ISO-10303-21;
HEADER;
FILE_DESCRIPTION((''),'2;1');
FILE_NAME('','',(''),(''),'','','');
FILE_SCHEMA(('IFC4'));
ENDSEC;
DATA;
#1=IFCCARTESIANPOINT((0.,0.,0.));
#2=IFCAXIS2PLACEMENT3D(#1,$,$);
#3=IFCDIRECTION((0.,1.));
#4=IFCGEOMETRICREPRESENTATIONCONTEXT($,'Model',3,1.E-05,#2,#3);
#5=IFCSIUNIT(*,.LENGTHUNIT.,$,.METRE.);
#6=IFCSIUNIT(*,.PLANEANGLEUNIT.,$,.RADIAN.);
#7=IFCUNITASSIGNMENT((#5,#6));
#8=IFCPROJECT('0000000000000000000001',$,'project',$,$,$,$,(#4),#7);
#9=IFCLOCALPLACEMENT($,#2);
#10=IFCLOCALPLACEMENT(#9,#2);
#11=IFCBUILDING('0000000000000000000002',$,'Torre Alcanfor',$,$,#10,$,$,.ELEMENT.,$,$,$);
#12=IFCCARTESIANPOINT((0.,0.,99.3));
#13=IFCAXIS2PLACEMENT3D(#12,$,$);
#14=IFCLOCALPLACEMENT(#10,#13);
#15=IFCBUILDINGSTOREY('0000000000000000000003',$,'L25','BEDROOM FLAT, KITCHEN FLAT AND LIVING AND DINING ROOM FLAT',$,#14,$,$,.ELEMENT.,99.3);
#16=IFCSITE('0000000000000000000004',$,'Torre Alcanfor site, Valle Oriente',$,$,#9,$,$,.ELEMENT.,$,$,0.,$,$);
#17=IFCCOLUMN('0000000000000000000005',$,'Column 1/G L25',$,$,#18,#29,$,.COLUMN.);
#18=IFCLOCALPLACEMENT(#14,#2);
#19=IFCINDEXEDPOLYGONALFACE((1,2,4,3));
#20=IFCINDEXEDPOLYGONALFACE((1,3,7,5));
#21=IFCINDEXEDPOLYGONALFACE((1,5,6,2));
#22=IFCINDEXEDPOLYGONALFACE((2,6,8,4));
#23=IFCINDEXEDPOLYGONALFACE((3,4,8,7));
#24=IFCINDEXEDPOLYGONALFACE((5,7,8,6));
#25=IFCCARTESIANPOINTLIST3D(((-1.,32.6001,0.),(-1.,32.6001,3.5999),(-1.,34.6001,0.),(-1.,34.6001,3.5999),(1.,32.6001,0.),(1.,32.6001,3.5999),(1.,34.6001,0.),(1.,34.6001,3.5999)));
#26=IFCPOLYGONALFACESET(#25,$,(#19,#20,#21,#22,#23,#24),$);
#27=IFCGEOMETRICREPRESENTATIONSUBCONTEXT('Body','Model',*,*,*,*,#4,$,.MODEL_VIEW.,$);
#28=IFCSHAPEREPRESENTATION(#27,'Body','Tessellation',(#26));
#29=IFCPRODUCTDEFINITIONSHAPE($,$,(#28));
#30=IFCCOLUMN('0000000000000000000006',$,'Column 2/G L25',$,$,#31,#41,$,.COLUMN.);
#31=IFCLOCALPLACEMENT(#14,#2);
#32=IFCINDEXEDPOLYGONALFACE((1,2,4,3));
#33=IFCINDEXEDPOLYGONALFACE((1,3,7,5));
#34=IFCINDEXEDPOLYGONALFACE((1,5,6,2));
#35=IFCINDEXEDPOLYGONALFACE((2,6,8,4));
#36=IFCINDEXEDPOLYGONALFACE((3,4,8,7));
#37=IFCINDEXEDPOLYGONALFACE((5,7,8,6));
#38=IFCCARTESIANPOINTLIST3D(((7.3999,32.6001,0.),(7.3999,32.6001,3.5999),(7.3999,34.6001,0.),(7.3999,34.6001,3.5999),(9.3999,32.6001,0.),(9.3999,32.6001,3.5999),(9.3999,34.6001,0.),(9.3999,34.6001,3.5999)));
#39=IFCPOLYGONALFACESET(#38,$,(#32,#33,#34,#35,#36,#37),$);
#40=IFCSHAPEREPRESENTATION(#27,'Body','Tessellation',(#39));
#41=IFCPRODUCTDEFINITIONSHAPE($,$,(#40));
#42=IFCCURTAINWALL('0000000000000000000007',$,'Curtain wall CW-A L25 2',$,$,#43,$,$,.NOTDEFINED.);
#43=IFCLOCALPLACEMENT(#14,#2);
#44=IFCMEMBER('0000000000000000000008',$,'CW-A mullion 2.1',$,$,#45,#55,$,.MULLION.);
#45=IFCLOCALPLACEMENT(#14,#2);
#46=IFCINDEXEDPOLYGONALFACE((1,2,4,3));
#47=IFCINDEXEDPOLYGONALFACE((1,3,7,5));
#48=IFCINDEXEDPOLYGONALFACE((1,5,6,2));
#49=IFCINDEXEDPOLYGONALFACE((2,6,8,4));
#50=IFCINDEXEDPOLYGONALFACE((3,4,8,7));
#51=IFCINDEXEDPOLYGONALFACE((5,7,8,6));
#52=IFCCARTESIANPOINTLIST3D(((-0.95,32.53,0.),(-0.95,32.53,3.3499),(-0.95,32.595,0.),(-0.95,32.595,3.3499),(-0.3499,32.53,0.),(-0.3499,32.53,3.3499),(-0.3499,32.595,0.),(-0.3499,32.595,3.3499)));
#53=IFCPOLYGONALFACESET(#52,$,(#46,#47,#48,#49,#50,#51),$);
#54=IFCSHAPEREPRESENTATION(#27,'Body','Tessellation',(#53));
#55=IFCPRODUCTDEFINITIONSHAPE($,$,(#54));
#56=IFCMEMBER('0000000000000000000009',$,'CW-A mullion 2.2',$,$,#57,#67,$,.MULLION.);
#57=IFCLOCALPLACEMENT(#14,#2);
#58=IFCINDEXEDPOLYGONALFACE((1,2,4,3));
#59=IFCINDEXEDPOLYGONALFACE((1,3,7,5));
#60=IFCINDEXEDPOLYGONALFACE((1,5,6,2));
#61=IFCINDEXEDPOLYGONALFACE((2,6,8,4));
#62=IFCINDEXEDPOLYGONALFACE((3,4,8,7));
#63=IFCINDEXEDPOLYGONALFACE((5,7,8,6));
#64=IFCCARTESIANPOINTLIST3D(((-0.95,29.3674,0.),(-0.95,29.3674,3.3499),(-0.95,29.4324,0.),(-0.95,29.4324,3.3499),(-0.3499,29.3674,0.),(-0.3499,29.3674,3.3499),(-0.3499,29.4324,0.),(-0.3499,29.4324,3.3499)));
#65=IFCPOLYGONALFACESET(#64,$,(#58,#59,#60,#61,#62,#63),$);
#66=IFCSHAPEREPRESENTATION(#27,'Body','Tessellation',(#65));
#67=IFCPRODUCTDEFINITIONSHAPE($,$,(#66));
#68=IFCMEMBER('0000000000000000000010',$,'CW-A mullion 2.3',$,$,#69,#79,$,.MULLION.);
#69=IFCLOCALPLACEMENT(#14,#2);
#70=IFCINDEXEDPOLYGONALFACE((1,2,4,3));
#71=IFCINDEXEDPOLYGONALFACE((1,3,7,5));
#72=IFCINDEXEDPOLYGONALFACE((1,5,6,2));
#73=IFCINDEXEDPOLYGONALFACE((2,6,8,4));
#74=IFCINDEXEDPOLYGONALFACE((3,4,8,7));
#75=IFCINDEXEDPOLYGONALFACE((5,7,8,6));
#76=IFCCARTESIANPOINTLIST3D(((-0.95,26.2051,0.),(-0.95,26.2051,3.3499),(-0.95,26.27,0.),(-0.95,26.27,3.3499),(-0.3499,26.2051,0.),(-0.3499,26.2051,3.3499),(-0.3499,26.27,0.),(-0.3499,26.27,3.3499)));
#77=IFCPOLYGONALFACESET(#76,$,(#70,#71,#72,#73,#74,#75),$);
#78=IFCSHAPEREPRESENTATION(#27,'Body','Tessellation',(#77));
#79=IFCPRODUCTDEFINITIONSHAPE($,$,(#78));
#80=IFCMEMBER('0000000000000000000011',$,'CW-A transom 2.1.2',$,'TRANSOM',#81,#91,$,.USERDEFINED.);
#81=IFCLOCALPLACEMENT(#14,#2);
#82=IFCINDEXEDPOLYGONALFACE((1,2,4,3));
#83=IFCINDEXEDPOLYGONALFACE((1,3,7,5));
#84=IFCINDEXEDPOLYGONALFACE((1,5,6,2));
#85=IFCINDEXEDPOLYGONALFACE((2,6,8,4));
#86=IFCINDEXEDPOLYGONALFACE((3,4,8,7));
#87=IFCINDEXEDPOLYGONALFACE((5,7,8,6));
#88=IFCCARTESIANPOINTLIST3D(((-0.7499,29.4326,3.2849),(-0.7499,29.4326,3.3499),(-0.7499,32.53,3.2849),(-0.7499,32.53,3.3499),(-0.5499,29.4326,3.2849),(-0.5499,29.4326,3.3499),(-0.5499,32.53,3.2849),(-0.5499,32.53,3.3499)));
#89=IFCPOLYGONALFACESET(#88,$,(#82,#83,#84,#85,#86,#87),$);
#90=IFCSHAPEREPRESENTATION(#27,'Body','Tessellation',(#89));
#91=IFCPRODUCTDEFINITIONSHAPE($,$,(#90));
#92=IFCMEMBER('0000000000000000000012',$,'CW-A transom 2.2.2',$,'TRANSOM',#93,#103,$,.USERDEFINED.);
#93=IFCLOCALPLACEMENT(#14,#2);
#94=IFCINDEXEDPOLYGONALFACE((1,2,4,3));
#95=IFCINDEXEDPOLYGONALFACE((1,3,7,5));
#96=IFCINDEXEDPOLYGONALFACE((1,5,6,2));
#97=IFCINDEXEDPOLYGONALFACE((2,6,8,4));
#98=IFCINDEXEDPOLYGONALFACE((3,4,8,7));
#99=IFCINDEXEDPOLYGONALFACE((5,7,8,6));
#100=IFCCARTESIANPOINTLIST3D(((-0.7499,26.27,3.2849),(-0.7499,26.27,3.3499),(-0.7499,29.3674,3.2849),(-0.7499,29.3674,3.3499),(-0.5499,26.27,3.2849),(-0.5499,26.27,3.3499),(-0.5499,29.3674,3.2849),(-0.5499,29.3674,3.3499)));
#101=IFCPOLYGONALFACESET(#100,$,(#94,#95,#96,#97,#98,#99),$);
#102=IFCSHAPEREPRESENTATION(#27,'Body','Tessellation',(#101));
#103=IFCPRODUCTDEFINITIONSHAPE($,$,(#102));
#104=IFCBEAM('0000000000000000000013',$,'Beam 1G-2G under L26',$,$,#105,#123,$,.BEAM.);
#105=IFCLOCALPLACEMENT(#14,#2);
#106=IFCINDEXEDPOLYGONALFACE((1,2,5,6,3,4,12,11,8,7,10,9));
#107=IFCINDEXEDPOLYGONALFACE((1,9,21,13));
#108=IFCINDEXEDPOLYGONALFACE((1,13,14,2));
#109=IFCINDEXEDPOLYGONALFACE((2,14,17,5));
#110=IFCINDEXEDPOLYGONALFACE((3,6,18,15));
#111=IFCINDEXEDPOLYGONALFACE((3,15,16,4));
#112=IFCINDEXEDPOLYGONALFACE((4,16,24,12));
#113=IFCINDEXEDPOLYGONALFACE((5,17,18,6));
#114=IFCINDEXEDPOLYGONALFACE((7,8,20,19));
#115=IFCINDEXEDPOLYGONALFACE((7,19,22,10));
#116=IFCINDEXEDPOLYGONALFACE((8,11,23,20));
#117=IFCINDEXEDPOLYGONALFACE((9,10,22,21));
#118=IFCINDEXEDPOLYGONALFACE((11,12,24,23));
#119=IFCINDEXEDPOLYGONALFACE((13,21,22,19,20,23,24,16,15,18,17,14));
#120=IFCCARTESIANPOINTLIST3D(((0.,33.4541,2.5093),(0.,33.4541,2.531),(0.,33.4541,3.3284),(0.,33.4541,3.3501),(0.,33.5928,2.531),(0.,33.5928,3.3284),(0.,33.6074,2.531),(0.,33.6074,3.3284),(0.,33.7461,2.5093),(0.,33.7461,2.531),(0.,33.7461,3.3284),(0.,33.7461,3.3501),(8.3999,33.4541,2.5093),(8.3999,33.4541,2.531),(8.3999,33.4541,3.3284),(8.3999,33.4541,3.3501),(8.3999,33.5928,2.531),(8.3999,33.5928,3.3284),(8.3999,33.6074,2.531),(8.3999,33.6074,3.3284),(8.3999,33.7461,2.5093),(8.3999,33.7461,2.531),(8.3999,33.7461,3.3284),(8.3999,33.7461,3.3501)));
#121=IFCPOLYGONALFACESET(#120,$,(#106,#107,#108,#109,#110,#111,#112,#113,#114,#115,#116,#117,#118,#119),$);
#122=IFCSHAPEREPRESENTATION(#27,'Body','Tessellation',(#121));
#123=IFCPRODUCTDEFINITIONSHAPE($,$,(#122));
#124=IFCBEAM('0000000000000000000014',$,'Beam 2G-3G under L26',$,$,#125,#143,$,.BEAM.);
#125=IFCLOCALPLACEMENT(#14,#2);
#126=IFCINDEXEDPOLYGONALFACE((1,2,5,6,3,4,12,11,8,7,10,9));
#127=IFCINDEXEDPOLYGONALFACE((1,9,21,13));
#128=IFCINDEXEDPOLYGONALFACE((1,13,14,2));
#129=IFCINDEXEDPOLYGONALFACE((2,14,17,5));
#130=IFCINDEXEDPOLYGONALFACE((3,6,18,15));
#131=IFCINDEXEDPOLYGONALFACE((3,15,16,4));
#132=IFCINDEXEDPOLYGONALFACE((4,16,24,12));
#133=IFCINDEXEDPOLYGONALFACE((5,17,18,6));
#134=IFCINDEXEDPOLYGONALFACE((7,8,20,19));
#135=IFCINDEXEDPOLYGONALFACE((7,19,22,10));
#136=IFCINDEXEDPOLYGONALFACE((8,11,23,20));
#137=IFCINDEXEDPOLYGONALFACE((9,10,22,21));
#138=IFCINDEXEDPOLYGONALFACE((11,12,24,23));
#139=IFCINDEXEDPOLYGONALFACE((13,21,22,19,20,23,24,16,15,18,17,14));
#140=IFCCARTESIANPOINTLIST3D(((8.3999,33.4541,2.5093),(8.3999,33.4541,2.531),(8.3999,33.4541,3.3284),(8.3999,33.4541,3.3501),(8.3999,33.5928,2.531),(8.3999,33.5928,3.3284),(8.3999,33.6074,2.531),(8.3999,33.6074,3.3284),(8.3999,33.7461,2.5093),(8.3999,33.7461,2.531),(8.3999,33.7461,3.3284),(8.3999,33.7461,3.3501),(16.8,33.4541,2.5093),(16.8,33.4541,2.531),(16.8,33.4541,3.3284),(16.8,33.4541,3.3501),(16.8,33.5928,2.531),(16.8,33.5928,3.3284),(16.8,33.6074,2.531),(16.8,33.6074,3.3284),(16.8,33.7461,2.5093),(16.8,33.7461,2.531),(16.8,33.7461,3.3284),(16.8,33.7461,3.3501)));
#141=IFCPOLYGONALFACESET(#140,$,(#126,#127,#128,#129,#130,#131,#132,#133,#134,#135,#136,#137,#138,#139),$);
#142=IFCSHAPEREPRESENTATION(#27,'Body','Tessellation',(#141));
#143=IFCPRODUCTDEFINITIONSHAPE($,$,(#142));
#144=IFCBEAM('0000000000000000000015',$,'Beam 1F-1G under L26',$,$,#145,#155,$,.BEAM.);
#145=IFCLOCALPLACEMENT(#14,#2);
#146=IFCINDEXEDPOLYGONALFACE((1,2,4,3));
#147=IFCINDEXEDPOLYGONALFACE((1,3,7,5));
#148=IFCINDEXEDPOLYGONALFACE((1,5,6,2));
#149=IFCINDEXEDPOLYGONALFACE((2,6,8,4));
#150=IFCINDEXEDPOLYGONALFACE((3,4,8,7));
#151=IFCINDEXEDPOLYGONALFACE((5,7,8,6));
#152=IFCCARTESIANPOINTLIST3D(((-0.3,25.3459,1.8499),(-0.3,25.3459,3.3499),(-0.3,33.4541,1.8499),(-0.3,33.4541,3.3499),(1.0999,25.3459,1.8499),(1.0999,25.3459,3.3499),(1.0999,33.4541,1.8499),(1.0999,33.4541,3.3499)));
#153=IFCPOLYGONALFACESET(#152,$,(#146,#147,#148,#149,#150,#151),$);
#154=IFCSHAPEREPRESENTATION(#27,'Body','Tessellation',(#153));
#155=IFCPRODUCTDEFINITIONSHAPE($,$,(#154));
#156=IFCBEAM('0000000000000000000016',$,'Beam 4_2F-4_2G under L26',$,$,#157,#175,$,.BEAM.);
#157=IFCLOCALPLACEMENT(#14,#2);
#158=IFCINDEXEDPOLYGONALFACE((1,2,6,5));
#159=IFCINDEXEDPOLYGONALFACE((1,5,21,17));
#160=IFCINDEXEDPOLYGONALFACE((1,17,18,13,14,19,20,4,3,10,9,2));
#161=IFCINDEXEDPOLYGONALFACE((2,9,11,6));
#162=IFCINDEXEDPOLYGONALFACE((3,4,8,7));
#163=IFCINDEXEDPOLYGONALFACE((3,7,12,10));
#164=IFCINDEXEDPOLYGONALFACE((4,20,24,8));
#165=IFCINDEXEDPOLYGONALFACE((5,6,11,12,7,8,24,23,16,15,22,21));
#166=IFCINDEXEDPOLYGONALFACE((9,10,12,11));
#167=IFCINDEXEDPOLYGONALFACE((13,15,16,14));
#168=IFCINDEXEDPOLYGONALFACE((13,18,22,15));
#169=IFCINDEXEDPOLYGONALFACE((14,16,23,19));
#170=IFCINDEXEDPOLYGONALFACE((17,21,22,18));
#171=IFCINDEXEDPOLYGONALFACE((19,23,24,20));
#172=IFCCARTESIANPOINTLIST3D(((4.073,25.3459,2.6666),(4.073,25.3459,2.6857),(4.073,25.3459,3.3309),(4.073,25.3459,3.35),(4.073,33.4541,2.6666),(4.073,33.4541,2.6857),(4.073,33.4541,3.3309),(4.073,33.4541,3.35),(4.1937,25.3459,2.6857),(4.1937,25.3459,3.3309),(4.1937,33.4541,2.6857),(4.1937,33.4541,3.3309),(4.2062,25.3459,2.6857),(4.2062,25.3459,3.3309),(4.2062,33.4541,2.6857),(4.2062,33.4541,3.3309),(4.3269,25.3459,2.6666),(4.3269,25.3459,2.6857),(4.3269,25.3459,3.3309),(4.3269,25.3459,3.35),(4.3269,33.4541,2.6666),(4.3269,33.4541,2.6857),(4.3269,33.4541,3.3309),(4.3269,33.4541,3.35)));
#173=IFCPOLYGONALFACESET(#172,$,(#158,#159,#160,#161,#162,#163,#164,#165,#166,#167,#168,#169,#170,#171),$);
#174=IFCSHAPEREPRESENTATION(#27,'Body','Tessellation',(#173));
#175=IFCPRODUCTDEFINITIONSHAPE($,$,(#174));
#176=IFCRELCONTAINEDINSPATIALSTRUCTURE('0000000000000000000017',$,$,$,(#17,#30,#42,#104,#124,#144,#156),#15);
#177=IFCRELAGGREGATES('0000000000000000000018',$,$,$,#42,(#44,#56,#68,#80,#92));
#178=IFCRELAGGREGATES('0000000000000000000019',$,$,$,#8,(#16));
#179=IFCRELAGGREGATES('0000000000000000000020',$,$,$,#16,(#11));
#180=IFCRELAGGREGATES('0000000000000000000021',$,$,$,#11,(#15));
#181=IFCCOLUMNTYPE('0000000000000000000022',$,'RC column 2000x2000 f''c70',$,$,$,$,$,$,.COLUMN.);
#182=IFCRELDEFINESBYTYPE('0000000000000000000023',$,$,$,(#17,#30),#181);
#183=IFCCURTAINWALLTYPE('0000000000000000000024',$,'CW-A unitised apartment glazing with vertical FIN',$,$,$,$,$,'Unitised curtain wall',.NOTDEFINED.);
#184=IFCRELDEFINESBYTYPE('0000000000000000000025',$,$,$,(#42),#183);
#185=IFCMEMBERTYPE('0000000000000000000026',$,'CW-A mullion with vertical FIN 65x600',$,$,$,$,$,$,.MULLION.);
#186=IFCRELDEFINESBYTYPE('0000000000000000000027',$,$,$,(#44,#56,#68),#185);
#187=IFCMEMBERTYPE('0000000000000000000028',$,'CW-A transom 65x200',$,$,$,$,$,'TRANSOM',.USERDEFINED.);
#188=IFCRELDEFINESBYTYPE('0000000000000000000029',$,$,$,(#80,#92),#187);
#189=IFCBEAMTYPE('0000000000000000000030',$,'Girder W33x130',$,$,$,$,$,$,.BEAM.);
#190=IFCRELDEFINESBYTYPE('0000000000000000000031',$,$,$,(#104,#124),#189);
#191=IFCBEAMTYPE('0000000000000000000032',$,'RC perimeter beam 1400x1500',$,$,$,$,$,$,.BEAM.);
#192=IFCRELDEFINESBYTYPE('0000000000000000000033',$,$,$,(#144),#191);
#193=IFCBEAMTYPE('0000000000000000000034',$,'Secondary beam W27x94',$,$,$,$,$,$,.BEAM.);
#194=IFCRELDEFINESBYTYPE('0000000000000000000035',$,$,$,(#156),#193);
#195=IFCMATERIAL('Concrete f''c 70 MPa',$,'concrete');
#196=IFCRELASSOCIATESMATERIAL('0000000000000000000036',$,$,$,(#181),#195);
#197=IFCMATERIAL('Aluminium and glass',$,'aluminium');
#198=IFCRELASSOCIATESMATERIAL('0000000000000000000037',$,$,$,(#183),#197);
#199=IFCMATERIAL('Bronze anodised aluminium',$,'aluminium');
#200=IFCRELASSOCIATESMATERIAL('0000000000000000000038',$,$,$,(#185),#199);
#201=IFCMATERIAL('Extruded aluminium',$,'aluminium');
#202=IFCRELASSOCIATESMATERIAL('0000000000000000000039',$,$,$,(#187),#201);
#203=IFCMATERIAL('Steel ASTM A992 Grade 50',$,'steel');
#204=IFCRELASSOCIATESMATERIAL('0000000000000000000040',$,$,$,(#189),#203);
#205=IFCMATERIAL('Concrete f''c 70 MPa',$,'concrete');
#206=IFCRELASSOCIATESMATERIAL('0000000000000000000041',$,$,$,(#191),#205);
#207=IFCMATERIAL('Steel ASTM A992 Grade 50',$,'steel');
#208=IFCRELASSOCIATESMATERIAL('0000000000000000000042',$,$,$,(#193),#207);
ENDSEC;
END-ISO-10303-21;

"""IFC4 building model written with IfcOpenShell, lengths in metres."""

from ifc_helpers import new_model, si_unit, direction, frame, origin, origin_2d, place, context, subcontext, project, spatial, rectangle, i_section, extrude, material, material_profile, profile_set, type_object, element, aggregate, save


model = new_model("IFC4")

# Units and contexts
model_context = context("Model", 3, precision=1e-05, world=origin(), true_north=direction((0.0, 1.0)))
body_context = subcontext(model_context, "Body", "Model", "MODEL_VIEW")
ifc_project = project(units=[si_unit("LENGTHUNIT", "METRE"), si_unit("PLANEANGLEUNIT", "RADIAN")], contexts=[model_context])

# Site, building, storey
site_placement = place(None, origin())
site = spatial("IfcSite", under=ifc_project, at=site_placement, Name="Torre Alcanfor site, Valle Oriente", CompositionType="ELEMENT", RefElevation=0.0)
building_placement = place(site_placement, origin())
building = spatial("IfcBuilding", under=site, at=building_placement, Name="Torre Alcanfor", CompositionType="ELEMENT")
storey_placement = place(building_placement, frame((0.0, 0.0, 99.3)))
storey = spatial("IfcBuildingStorey", under=building, at=storey_placement, Name="L25", Description="BEDROOM FLAT, KITCHEN FLAT AND LIVING AND DINING ROOM FLAT", CompositionType="ELEMENT", Elevation=99.3)

# Columns
ifc_material_1 = material(Name="Concrete f'c 70 MPa", Category="concrete")
ifc_material_profile_1 = material_profile(ifc_material_1, rectangle(XDim=2.0, YDim=2.0, at=origin_2d()), Name="2000x2000")
ifc_profile_set_1 = profile_set([ifc_material_profile_1], Name="Concrete f'c 70 MPa")
column_type = type_object("IfcColumnType", Name="RC column 2000x2000 f'c70", PredefinedType="COLUMN", material=ifc_profile_set_1)
for number, where, z_axis, x_axis, name in (
    (1, (0.0, 33.6001, 0.0), (0.0, 0.0, 1.0), (1.0, 0.0, 0.0), "Column 1/G L25"),
    (2, (8.3999, 33.6001, 0.0), (0.0, 0.0, 1.0), (1.0, 0.0, 0.0), "Column 2/G L25"),
):
    element("IfcColumn", number, at=place(storey_placement, frame(where, z_axis=z_axis, x_axis=x_axis)), inside=storey, type_object=column_type, Name=name, PredefinedType="COLUMN", context=body_context, shape_type="SweptSolid", body=[
        extrude(rectangle(XDim=2.0, YDim=2.0, at=origin_2d()), origin(), (0.0, 0.0, 1.0), 3.5999),
    ])

# Curtain wall, members
ifc_material_2 = material(Name="Aluminium and glass", Category="aluminium")
curtain_wall_type = type_object("IfcCurtainWallType", Name="CW-A unitised apartment glazing with vertical FIN", ElementType="Unitised curtain wall", PredefinedType="NOTDEFINED", material=ifc_material_2)
curtain_wall_placement = place(storey_placement, origin())
curtain_wall = element("IfcCurtainWall", 3, at=curtain_wall_placement, inside=storey, type_object=curtain_wall_type, Name="Curtain wall CW-A L25 2", PredefinedType="NOTDEFINED")
ifc_material_3 = material(Name="Bronze anodised aluminium", Category="aluminium")
ifc_material_profile_2 = material_profile(ifc_material_3, rectangle(XDim=0.6001, YDim=0.0649, at=origin_2d()), Name="CW-A mullion 65x600")
ifc_profile_set_2 = profile_set([ifc_material_profile_2], Name="Bronze anodised aluminium")
member_type_1 = type_object("IfcMemberType", Name="CW-A mullion with vertical FIN 65x600", PredefinedType="MULLION", material=ifc_profile_set_2)
member_1_placement = place(storey_placement, frame((-0.6499, 32.5625, 0.0), z_axis=(0.0, 0.0, 1.0), x_axis=(1.0, 0.0, 0.0)))
member_1 = element("IfcMember", 4, at=member_1_placement, type_object=member_type_1, Name="CW-A mullion 2.1", PredefinedType="MULLION", context=body_context, shape_type="SweptSolid", body=[
    extrude(rectangle(XDim=0.6001, YDim=0.0649, at=origin_2d()), origin(), (0.0, 0.0, 1.0), 3.3499),
])
member_2_placement = place(storey_placement, frame((-0.6499, 29.3999, 0.0), z_axis=(0.0, 0.0, 1.0), x_axis=(1.0, 0.0, 0.0)))
member_2 = element("IfcMember", 5, at=member_2_placement, type_object=member_type_1, Name="CW-A mullion 2.2", PredefinedType="MULLION", context=body_context, shape_type="SweptSolid", body=[
    extrude(rectangle(XDim=0.6001, YDim=0.0649, at=origin_2d()), origin(), (0.0, 0.0, 1.0), 3.3499),
])
member_3_placement = place(storey_placement, frame((-0.6499, 26.2375, 0.0), z_axis=(0.0, 0.0, 1.0), x_axis=(1.0, 0.0, 0.0)))
member_3 = element("IfcMember", 6, at=member_3_placement, type_object=member_type_1, Name="CW-A mullion 2.3", PredefinedType="MULLION", context=body_context, shape_type="SweptSolid", body=[
    extrude(rectangle(XDim=0.6001, YDim=0.0649, at=origin_2d()), origin(), (0.0, 0.0, 1.0), 3.3499),
])
ifc_material_4 = material(Name="Extruded aluminium", Category="aluminium")
ifc_material_profile_3 = material_profile(ifc_material_4, rectangle(XDim=0.2, YDim=0.0649, at=origin_2d()), Name="CW-A transom 200x65")
ifc_profile_set_3 = profile_set([ifc_material_profile_3], Name="Extruded aluminium")
member_type_2 = type_object("IfcMemberType", Name="CW-A transom 65x200", ElementType="TRANSOM", PredefinedType="USERDEFINED", material=ifc_profile_set_3)
member_4_placement = place(storey_placement, frame((-0.6499, 32.53, 3.3174), z_axis=(0.0, -1.0, 0.0), x_axis=(1.0, 0.0, 0.0)))
member_4 = element("IfcMember", 7, at=member_4_placement, type_object=member_type_2, Name="CW-A transom 2.1.2", ObjectType="TRANSOM", PredefinedType="USERDEFINED", context=body_context, shape_type="SweptSolid", body=[
    extrude(rectangle(XDim=0.2, YDim=0.0649, at=origin_2d()), origin(), (0.0, 0.0, 1.0), 3.0974),
])
member_5_placement = place(storey_placement, frame((-0.6499, 29.3674, 3.3174), z_axis=(0.0, -1.0, 0.0), x_axis=(1.0, 0.0, 0.0)))
member_5 = element("IfcMember", 8, at=member_5_placement, type_object=member_type_2, Name="CW-A transom 2.2.2", ObjectType="TRANSOM", PredefinedType="USERDEFINED", context=body_context, shape_type="SweptSolid", body=[
    extrude(rectangle(XDim=0.2, YDim=0.0649, at=origin_2d()), origin(), (0.0, 0.0, 1.0), 3.0974),
])

# Beams
ifc_material_5 = material(Name="Steel ASTM A992 Grade 50", Category="steel")
ifc_material_profile_4 = material_profile(ifc_material_5, i_section(OverallWidth=0.292, OverallDepth=0.8408, WebThickness=0.0146, FlangeThickness=0.0217, at=origin_2d()), Name="W33x130")
ifc_profile_set_4 = profile_set([ifc_material_profile_4], Name="Steel ASTM A992 Grade 50")
beam_type_1 = type_object("IfcBeamType", Name="Girder W33x130", PredefinedType="BEAM", material=ifc_profile_set_4)
beam_1_placement = place(storey_placement, frame((0.0, 33.6001, 2.9297), z_axis=(1.0, 0.0, 0.0), x_axis=(0.0, 1.0, 0.0)))
element("IfcBeam", 9, at=beam_1_placement, inside=storey, type_object=beam_type_1, Name="Beam 1G-2G under L26", PredefinedType="BEAM", context=body_context, shape_type="SweptSolid", body=[
    extrude(i_section(OverallWidth=0.292, OverallDepth=0.8408, WebThickness=0.0146, FlangeThickness=0.0217, at=origin_2d()), origin(), (0.0, 0.0, 1.0), 8.3999),
])
beam_2_placement = place(storey_placement, frame((8.3999, 33.6001, 2.9297), z_axis=(1.0, 0.0, 0.0), x_axis=(0.0, 1.0, 0.0)))
element("IfcBeam", 10, at=beam_2_placement, inside=storey, type_object=beam_type_1, Name="Beam 2G-3G under L26", PredefinedType="BEAM", context=body_context, shape_type="SweptSolid", body=[
    extrude(i_section(OverallWidth=0.292, OverallDepth=0.8408, WebThickness=0.0146, FlangeThickness=0.0217, at=origin_2d()), origin(), (0.0, 0.0, 1.0), 8.4001),
])
ifc_material_6 = material(Name="Concrete f'c 70 MPa", Category="concrete")
ifc_material_profile_5 = material_profile(ifc_material_6, rectangle(XDim=1.3999, YDim=1.5, at=origin_2d()), Name="1400x1500")
ifc_profile_set_5 = profile_set([ifc_material_profile_5], Name="Concrete f'c 70 MPa")
beam_type_2 = type_object("IfcBeamType", Name="RC perimeter beam 1400x1500", PredefinedType="BEAM", material=ifc_profile_set_5)
beam_3_placement = place(storey_placement, frame((0.3999, 25.3459, 2.5999), z_axis=(0.0, 1.0, 0.0), x_axis=(-1.0, 0.0, 0.0)))
element("IfcBeam", 11, at=beam_3_placement, inside=storey, type_object=beam_type_2, Name="Beam 1F-1G under L26", PredefinedType="BEAM", context=body_context, shape_type="SweptSolid", body=[
    extrude(rectangle(XDim=1.3999, YDim=1.5, at=origin_2d()), origin(), (0.0, 0.0, 1.0), 8.1082),
])
ifc_material_7 = material(Name="Steel ASTM A992 Grade 50", Category="steel")
ifc_material_profile_6 = material_profile(ifc_material_7, i_section(OverallWidth=0.2539, OverallDepth=0.6833, WebThickness=0.0125, FlangeThickness=0.019, at=origin_2d()), Name="W27x94")
ifc_profile_set_6 = profile_set([ifc_material_profile_6], Name="Steel ASTM A992 Grade 50")
beam_type_3 = type_object("IfcBeamType", Name="Secondary beam W27x94", PredefinedType="BEAM", material=ifc_profile_set_6)
beam_4_placement = place(storey_placement, frame((4.2, 25.3459, 3.0083), z_axis=(0.0, 1.0, 0.0), x_axis=(-1.0, 0.0, 0.0)))
element("IfcBeam", 12, at=beam_4_placement, inside=storey, type_object=beam_type_3, Name="Beam 4_2F-4_2G under L26", PredefinedType="BEAM", context=body_context, shape_type="SweptSolid", body=[
    extrude(i_section(OverallWidth=0.2539, OverallDepth=0.6833, WebThickness=0.0125, FlangeThickness=0.019, at=origin_2d()), origin(), (0.0, 0.0, 1.0), 8.1082),
])

aggregate(curtain_wall, [member_1, member_2, member_3, member_4, member_5])

save(model, "model.ifc")
